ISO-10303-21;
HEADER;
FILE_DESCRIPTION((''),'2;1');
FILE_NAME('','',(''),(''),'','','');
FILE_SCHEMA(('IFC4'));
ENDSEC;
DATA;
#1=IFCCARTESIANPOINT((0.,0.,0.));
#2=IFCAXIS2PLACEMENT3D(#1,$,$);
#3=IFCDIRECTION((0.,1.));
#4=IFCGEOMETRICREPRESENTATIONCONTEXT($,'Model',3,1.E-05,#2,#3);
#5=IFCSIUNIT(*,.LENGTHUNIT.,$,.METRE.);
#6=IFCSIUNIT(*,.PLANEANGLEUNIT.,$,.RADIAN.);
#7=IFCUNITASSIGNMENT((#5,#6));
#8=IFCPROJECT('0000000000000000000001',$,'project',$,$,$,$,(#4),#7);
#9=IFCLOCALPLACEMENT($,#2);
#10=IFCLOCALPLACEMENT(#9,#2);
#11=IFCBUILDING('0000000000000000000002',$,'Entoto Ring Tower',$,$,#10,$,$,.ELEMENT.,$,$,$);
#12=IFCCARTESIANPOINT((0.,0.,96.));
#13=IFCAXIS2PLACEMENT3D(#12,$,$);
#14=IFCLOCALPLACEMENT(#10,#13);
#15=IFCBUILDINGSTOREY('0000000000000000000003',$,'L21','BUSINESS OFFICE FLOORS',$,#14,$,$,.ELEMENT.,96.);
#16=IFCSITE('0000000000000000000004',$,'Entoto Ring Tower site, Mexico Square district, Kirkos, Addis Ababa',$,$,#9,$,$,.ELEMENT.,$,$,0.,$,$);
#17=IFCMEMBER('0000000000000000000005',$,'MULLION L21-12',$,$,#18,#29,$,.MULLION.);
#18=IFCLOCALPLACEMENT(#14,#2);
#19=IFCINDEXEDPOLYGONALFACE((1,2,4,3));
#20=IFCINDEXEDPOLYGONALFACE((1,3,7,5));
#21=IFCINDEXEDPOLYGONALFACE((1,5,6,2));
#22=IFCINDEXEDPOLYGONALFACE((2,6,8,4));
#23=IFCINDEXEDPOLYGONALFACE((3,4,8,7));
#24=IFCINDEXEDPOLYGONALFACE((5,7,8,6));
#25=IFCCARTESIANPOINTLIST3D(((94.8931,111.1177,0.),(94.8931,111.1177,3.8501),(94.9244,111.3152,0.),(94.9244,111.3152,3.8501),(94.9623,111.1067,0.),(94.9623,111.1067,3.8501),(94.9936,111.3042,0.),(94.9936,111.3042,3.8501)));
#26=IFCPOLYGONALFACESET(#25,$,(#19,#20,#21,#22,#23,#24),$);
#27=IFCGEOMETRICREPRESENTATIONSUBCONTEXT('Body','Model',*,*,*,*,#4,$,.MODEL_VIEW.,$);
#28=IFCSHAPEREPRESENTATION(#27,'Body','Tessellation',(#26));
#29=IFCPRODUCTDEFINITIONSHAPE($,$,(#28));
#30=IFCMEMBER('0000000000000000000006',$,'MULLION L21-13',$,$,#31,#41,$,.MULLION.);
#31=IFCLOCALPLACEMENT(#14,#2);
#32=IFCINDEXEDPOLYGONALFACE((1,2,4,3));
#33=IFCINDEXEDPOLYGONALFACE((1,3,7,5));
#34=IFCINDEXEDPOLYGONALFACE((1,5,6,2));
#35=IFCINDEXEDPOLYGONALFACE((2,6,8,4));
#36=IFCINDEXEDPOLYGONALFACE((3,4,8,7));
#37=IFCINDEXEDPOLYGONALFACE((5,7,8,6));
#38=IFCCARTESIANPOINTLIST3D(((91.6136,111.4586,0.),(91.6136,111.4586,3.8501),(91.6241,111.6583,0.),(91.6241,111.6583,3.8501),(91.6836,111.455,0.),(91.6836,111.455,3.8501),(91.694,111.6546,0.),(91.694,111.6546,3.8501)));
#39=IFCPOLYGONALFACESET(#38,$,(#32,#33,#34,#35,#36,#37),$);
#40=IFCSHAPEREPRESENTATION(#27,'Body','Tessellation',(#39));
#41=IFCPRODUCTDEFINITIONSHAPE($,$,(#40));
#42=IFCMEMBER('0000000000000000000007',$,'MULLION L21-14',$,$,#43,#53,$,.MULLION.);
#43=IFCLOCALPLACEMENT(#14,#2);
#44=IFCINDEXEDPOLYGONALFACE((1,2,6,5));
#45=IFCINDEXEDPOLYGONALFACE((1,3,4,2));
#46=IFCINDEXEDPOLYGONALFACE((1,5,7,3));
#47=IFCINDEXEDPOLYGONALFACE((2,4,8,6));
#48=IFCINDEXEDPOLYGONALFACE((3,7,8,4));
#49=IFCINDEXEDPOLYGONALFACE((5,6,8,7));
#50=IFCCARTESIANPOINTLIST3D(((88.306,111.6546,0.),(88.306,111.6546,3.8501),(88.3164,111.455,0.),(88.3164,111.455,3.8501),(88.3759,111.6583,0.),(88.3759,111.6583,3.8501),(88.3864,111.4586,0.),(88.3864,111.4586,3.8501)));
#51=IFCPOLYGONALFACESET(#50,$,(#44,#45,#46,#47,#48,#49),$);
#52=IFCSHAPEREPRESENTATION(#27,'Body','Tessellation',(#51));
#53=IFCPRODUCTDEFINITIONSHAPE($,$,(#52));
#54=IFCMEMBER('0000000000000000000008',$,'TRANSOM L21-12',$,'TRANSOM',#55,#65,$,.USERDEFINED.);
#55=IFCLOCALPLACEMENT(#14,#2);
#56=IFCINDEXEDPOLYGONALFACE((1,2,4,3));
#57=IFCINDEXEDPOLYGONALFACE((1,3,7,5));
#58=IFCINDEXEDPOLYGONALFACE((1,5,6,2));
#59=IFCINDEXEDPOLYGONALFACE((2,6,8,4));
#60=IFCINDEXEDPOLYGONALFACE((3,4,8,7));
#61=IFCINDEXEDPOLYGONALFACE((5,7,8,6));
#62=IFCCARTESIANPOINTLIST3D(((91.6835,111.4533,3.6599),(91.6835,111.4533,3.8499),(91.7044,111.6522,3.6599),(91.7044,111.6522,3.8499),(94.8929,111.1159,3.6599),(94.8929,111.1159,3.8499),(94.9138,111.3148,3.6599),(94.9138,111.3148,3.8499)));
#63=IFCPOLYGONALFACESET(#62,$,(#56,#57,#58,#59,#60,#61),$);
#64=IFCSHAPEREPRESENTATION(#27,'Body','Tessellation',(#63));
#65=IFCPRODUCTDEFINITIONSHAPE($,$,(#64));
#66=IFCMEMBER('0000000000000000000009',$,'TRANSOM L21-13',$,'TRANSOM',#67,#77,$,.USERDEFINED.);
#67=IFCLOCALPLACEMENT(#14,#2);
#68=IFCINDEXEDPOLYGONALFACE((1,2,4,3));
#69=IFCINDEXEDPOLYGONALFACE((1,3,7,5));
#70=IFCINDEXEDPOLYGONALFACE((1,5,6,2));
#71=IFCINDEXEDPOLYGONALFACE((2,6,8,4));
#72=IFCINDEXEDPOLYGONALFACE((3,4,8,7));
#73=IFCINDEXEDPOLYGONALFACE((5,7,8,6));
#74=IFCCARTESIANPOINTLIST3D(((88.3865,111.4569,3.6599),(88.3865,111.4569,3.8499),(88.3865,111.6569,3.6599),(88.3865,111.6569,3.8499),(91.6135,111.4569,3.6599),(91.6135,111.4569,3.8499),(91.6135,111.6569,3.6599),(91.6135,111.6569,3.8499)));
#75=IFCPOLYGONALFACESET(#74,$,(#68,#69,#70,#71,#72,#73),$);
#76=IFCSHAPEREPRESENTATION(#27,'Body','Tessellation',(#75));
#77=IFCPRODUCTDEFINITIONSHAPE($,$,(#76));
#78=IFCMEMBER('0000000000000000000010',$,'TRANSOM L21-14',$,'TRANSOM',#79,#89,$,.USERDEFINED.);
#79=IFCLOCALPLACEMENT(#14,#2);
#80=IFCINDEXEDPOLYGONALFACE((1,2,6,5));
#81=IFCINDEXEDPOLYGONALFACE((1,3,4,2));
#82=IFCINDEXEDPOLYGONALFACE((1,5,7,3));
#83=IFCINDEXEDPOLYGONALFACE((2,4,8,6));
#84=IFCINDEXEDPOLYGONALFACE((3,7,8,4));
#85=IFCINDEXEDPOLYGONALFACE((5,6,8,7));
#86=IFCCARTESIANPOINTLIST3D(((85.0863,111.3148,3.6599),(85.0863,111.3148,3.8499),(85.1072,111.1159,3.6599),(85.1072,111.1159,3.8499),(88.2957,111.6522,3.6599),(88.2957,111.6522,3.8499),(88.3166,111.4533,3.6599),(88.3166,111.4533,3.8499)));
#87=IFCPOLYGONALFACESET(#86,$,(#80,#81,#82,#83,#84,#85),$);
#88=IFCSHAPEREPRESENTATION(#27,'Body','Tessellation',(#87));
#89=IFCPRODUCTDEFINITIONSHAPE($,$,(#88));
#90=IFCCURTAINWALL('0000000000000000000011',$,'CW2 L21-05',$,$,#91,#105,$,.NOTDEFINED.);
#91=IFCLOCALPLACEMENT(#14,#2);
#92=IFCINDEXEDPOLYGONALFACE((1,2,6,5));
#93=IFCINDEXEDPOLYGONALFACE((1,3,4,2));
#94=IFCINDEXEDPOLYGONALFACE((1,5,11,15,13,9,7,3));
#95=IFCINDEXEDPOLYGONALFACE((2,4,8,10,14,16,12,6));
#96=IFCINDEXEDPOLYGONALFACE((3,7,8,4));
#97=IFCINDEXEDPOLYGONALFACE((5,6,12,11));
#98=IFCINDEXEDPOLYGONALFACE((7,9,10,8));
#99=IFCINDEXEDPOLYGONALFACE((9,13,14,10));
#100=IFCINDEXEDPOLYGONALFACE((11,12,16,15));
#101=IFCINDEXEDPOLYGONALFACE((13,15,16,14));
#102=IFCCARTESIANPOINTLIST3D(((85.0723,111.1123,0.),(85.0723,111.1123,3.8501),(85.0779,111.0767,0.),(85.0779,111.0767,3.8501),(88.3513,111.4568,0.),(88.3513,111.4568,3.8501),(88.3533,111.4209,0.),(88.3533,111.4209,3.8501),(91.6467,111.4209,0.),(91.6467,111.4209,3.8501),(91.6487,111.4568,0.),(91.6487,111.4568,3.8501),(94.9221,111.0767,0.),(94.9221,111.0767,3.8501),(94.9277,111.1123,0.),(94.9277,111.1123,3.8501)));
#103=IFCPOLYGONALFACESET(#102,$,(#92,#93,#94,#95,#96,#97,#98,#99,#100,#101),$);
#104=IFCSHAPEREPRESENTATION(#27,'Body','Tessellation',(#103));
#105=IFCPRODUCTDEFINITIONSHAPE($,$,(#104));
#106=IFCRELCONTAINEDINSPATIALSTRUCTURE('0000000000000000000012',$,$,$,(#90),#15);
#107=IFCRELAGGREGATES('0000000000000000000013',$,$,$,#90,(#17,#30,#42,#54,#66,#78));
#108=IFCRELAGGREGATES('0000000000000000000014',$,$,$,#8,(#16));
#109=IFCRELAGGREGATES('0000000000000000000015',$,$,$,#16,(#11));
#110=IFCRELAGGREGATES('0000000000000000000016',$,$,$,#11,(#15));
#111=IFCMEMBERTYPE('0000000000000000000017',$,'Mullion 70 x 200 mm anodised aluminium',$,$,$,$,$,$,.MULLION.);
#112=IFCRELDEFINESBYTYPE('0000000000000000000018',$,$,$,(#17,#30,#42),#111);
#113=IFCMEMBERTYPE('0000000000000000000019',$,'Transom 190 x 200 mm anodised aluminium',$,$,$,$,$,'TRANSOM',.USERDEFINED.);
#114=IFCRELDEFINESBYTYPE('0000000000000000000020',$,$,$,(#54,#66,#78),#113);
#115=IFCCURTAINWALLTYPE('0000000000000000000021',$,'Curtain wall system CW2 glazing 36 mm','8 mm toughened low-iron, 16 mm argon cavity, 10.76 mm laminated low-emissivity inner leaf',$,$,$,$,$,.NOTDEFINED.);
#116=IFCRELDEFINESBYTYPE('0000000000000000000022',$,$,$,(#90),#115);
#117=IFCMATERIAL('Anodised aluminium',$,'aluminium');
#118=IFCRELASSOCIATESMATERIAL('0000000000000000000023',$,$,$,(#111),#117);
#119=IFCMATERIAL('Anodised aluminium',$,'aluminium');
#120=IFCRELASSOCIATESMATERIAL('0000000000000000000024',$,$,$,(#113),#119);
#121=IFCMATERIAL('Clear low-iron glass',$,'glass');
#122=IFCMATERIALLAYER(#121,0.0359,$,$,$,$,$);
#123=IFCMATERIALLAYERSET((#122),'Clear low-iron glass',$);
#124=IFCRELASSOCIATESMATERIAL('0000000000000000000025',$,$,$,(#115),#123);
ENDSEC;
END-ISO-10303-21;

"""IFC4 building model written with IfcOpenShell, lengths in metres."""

from ifc_helpers import new_model, si_unit, direction, frame, origin, origin_2d, place, context, subcontext, project, spatial, polyline, rectangle, outline, extrude, material, layer, layer_set, material_profile, profile_set, type_object, element, aggregate, save


model = new_model("IFC4")

# Units and contexts
model_context = context("Model", 3, precision=1e-05, world=origin(), true_north=direction((0.0, 1.0)))
body_context = subcontext(model_context, "Body", "Model", "MODEL_VIEW")
ifc_project = project(units=[si_unit("LENGTHUNIT", "METRE"), si_unit("PLANEANGLEUNIT", "RADIAN")], contexts=[model_context])

# Members
ifc_material_1 = material(Name="Anodised aluminium", Category="aluminium")
ifc_material_profile_1 = material_profile(ifc_material_1, rectangle(XDim=0.0701, YDim=0.2, at=origin_2d()), Name="Mullion 70 x 200 mm anodised aluminium")
ifc_profile_set_1 = profile_set([ifc_material_profile_1], Name="Anodised aluminium")
member_type_1 = type_object("IfcMemberType", Name="Mullion 70 x 200 mm anodised aluminium", PredefinedType="MULLION", material=ifc_profile_set_1)
site_placement = place(None, origin())
building_placement = place(site_placement, origin())
storey_placement = place(building_placement, frame((0.0, 0.0, 96.0)))
member_1_placement = place(storey_placement, frame((94.9434, 111.2109, 0.0), z_axis=(0.0, 0.0, 1.0), x_axis=(-0.987688, 0.156434, 0.0)))
member_1 = element("IfcMember", 1, at=member_1_placement, type_object=member_type_1, Name="MULLION L21-12", PredefinedType="MULLION", context=body_context, shape_type="SweptSolid", body=[
    extrude(rectangle(XDim=0.0701, YDim=0.2, at=origin_2d()), origin(), (0.0, 0.0, 1.0), 3.8501),
])
member_2_placement = place(storey_placement, frame((91.6538, 111.5566, 0.0), z_axis=(0.0, 0.0, 1.0), x_axis=(-0.99863, 0.052336, 0.0)))
member_2 = element("IfcMember", 2, at=member_2_placement, type_object=member_type_1, Name="MULLION L21-13", PredefinedType="MULLION", context=body_context, shape_type="SweptSolid", body=[
    extrude(rectangle(XDim=0.0701, YDim=0.2, at=origin_2d()), origin(), (0.0, 0.0, 1.0), 3.8501),
])
member_3_placement = place(storey_placement, frame((88.3462, 111.5566, 0.0), z_axis=(0.0, 0.0, 1.0), x_axis=(-0.99863, -0.052336, 0.0)))
member_3 = element("IfcMember", 3, at=member_3_placement, type_object=member_type_1, Name="MULLION L21-14", PredefinedType="MULLION", context=body_context, shape_type="SweptSolid", body=[
    extrude(rectangle(XDim=0.0701, YDim=0.2, at=origin_2d()), origin(), (0.0, 0.0, 1.0), 3.8501),
])
ifc_material_2 = material(Name="Anodised aluminium", Category="aluminium")
ifc_material_profile_2 = material_profile(ifc_material_2, rectangle(XDim=0.2, YDim=0.1899, at=origin_2d()), Name="Transom 190 x 200 mm anodised aluminium")
ifc_profile_set_2 = profile_set([ifc_material_profile_2], Name="Anodised aluminium")
member_type_2 = type_object("IfcMemberType", Name="Transom 190 x 200 mm anodised aluminium", ElementType="TRANSOM", PredefinedType="USERDEFINED", material=ifc_profile_set_2)
member_4_placement = place(storey_placement, frame((94.9033, 111.2153, 3.7549), z_axis=(-0.99452, 0.104551, 0.0), x_axis=(-0.104551, -0.99452, 0.0)))
member_4 = element("IfcMember", 4, at=member_4_placement, type_object=member_type_2, Name="TRANSOM L21-12", ObjectType="TRANSOM", PredefinedType="USERDEFINED", context=body_context, shape_type="SweptSolid", body=[
    extrude(rectangle(XDim=0.2, YDim=0.1899, at=origin_2d()), origin(), (0.0, 0.0, 1.0), 3.2271),
])
member_5_placement = place(storey_placement, frame((91.6135, 111.5569, 3.7549), z_axis=(-1.0, 0.0, 0.0), x_axis=(0.0, -1.0, 0.0)))
member_5 = element("IfcMember", 5, at=member_5_placement, type_object=member_type_2, Name="TRANSOM L21-13", ObjectType="TRANSOM", PredefinedType="USERDEFINED", context=body_context, shape_type="SweptSolid", body=[
    extrude(rectangle(XDim=0.2, YDim=0.1899, at=origin_2d()), origin(), (0.0, 0.0, 1.0), 3.2271),
])
member_6_placement = place(storey_placement, frame((88.3062, 111.5527, 3.7549), z_axis=(-0.99452, -0.104551, 0.0), x_axis=(0.104551, -0.99452, 0.0)))
member_6 = element("IfcMember", 6, at=member_6_placement, type_object=member_type_2, Name="TRANSOM L21-14", ObjectType="TRANSOM", PredefinedType="USERDEFINED", context=body_context, shape_type="SweptSolid", body=[
    extrude(rectangle(XDim=0.2, YDim=0.1899, at=origin_2d()), origin(), (0.0, 0.0, 1.0), 3.2271),
])

# Site, building, storey
site = spatial("IfcSite", under=ifc_project, at=site_placement, Name="Entoto Ring Tower site, Mexico Square district, Kirkos, Addis Ababa", CompositionType="ELEMENT", RefElevation=0.0)
building = spatial("IfcBuilding", under=site, at=building_placement, Name="Entoto Ring Tower", CompositionType="ELEMENT")
storey = spatial("IfcBuildingStorey", under=building, at=storey_placement, Name="L21", Description="BUSINESS OFFICE FLOORS", CompositionType="ELEMENT", Elevation=96.0)

# Curtain wall
ifc_material_3 = material(Name="Clear low-iron glass", Category="glass")
ifc_layer = layer(ifc_material_3, 0.0359)
ifc_layer_set = layer_set([ifc_layer], Name="Clear low-iron glass")
curtain_wall_type = type_object("IfcCurtainWallType", Name="Curtain wall system CW2 glazing 36 mm", Description="8 mm toughened low-iron, 16 mm argon cavity, 10.76 mm laminated low-emissivity inner leaf", PredefinedType="NOTDEFINED", material=ifc_layer_set)
curtain_wall_1_placement = place(storey_placement, origin())
curtain_wall_1 = element("IfcCurtainWall", 7, at=curtain_wall_1_placement, inside=storey, type_object=curtain_wall_type, Name="CW2 L21-05", PredefinedType="NOTDEFINED", context=body_context, shape_type="SweptSolid", body=[
    extrude(outline(polyline([(94.9277, 111.1123), (91.6487, 111.4568), (88.3513, 111.4568), (85.0723, 111.1123), (85.0779, 111.0767), (88.3533, 111.4209), (91.6467, 111.4209), (94.9221, 111.0767), (94.9277, 111.1123)])), origin(), (0.0, 0.0, 1.0), 3.8501),
])
aggregate(curtain_wall_1, [member_1, member_2, member_3, member_4, member_5, member_6])

save(model, "model.ifc")
